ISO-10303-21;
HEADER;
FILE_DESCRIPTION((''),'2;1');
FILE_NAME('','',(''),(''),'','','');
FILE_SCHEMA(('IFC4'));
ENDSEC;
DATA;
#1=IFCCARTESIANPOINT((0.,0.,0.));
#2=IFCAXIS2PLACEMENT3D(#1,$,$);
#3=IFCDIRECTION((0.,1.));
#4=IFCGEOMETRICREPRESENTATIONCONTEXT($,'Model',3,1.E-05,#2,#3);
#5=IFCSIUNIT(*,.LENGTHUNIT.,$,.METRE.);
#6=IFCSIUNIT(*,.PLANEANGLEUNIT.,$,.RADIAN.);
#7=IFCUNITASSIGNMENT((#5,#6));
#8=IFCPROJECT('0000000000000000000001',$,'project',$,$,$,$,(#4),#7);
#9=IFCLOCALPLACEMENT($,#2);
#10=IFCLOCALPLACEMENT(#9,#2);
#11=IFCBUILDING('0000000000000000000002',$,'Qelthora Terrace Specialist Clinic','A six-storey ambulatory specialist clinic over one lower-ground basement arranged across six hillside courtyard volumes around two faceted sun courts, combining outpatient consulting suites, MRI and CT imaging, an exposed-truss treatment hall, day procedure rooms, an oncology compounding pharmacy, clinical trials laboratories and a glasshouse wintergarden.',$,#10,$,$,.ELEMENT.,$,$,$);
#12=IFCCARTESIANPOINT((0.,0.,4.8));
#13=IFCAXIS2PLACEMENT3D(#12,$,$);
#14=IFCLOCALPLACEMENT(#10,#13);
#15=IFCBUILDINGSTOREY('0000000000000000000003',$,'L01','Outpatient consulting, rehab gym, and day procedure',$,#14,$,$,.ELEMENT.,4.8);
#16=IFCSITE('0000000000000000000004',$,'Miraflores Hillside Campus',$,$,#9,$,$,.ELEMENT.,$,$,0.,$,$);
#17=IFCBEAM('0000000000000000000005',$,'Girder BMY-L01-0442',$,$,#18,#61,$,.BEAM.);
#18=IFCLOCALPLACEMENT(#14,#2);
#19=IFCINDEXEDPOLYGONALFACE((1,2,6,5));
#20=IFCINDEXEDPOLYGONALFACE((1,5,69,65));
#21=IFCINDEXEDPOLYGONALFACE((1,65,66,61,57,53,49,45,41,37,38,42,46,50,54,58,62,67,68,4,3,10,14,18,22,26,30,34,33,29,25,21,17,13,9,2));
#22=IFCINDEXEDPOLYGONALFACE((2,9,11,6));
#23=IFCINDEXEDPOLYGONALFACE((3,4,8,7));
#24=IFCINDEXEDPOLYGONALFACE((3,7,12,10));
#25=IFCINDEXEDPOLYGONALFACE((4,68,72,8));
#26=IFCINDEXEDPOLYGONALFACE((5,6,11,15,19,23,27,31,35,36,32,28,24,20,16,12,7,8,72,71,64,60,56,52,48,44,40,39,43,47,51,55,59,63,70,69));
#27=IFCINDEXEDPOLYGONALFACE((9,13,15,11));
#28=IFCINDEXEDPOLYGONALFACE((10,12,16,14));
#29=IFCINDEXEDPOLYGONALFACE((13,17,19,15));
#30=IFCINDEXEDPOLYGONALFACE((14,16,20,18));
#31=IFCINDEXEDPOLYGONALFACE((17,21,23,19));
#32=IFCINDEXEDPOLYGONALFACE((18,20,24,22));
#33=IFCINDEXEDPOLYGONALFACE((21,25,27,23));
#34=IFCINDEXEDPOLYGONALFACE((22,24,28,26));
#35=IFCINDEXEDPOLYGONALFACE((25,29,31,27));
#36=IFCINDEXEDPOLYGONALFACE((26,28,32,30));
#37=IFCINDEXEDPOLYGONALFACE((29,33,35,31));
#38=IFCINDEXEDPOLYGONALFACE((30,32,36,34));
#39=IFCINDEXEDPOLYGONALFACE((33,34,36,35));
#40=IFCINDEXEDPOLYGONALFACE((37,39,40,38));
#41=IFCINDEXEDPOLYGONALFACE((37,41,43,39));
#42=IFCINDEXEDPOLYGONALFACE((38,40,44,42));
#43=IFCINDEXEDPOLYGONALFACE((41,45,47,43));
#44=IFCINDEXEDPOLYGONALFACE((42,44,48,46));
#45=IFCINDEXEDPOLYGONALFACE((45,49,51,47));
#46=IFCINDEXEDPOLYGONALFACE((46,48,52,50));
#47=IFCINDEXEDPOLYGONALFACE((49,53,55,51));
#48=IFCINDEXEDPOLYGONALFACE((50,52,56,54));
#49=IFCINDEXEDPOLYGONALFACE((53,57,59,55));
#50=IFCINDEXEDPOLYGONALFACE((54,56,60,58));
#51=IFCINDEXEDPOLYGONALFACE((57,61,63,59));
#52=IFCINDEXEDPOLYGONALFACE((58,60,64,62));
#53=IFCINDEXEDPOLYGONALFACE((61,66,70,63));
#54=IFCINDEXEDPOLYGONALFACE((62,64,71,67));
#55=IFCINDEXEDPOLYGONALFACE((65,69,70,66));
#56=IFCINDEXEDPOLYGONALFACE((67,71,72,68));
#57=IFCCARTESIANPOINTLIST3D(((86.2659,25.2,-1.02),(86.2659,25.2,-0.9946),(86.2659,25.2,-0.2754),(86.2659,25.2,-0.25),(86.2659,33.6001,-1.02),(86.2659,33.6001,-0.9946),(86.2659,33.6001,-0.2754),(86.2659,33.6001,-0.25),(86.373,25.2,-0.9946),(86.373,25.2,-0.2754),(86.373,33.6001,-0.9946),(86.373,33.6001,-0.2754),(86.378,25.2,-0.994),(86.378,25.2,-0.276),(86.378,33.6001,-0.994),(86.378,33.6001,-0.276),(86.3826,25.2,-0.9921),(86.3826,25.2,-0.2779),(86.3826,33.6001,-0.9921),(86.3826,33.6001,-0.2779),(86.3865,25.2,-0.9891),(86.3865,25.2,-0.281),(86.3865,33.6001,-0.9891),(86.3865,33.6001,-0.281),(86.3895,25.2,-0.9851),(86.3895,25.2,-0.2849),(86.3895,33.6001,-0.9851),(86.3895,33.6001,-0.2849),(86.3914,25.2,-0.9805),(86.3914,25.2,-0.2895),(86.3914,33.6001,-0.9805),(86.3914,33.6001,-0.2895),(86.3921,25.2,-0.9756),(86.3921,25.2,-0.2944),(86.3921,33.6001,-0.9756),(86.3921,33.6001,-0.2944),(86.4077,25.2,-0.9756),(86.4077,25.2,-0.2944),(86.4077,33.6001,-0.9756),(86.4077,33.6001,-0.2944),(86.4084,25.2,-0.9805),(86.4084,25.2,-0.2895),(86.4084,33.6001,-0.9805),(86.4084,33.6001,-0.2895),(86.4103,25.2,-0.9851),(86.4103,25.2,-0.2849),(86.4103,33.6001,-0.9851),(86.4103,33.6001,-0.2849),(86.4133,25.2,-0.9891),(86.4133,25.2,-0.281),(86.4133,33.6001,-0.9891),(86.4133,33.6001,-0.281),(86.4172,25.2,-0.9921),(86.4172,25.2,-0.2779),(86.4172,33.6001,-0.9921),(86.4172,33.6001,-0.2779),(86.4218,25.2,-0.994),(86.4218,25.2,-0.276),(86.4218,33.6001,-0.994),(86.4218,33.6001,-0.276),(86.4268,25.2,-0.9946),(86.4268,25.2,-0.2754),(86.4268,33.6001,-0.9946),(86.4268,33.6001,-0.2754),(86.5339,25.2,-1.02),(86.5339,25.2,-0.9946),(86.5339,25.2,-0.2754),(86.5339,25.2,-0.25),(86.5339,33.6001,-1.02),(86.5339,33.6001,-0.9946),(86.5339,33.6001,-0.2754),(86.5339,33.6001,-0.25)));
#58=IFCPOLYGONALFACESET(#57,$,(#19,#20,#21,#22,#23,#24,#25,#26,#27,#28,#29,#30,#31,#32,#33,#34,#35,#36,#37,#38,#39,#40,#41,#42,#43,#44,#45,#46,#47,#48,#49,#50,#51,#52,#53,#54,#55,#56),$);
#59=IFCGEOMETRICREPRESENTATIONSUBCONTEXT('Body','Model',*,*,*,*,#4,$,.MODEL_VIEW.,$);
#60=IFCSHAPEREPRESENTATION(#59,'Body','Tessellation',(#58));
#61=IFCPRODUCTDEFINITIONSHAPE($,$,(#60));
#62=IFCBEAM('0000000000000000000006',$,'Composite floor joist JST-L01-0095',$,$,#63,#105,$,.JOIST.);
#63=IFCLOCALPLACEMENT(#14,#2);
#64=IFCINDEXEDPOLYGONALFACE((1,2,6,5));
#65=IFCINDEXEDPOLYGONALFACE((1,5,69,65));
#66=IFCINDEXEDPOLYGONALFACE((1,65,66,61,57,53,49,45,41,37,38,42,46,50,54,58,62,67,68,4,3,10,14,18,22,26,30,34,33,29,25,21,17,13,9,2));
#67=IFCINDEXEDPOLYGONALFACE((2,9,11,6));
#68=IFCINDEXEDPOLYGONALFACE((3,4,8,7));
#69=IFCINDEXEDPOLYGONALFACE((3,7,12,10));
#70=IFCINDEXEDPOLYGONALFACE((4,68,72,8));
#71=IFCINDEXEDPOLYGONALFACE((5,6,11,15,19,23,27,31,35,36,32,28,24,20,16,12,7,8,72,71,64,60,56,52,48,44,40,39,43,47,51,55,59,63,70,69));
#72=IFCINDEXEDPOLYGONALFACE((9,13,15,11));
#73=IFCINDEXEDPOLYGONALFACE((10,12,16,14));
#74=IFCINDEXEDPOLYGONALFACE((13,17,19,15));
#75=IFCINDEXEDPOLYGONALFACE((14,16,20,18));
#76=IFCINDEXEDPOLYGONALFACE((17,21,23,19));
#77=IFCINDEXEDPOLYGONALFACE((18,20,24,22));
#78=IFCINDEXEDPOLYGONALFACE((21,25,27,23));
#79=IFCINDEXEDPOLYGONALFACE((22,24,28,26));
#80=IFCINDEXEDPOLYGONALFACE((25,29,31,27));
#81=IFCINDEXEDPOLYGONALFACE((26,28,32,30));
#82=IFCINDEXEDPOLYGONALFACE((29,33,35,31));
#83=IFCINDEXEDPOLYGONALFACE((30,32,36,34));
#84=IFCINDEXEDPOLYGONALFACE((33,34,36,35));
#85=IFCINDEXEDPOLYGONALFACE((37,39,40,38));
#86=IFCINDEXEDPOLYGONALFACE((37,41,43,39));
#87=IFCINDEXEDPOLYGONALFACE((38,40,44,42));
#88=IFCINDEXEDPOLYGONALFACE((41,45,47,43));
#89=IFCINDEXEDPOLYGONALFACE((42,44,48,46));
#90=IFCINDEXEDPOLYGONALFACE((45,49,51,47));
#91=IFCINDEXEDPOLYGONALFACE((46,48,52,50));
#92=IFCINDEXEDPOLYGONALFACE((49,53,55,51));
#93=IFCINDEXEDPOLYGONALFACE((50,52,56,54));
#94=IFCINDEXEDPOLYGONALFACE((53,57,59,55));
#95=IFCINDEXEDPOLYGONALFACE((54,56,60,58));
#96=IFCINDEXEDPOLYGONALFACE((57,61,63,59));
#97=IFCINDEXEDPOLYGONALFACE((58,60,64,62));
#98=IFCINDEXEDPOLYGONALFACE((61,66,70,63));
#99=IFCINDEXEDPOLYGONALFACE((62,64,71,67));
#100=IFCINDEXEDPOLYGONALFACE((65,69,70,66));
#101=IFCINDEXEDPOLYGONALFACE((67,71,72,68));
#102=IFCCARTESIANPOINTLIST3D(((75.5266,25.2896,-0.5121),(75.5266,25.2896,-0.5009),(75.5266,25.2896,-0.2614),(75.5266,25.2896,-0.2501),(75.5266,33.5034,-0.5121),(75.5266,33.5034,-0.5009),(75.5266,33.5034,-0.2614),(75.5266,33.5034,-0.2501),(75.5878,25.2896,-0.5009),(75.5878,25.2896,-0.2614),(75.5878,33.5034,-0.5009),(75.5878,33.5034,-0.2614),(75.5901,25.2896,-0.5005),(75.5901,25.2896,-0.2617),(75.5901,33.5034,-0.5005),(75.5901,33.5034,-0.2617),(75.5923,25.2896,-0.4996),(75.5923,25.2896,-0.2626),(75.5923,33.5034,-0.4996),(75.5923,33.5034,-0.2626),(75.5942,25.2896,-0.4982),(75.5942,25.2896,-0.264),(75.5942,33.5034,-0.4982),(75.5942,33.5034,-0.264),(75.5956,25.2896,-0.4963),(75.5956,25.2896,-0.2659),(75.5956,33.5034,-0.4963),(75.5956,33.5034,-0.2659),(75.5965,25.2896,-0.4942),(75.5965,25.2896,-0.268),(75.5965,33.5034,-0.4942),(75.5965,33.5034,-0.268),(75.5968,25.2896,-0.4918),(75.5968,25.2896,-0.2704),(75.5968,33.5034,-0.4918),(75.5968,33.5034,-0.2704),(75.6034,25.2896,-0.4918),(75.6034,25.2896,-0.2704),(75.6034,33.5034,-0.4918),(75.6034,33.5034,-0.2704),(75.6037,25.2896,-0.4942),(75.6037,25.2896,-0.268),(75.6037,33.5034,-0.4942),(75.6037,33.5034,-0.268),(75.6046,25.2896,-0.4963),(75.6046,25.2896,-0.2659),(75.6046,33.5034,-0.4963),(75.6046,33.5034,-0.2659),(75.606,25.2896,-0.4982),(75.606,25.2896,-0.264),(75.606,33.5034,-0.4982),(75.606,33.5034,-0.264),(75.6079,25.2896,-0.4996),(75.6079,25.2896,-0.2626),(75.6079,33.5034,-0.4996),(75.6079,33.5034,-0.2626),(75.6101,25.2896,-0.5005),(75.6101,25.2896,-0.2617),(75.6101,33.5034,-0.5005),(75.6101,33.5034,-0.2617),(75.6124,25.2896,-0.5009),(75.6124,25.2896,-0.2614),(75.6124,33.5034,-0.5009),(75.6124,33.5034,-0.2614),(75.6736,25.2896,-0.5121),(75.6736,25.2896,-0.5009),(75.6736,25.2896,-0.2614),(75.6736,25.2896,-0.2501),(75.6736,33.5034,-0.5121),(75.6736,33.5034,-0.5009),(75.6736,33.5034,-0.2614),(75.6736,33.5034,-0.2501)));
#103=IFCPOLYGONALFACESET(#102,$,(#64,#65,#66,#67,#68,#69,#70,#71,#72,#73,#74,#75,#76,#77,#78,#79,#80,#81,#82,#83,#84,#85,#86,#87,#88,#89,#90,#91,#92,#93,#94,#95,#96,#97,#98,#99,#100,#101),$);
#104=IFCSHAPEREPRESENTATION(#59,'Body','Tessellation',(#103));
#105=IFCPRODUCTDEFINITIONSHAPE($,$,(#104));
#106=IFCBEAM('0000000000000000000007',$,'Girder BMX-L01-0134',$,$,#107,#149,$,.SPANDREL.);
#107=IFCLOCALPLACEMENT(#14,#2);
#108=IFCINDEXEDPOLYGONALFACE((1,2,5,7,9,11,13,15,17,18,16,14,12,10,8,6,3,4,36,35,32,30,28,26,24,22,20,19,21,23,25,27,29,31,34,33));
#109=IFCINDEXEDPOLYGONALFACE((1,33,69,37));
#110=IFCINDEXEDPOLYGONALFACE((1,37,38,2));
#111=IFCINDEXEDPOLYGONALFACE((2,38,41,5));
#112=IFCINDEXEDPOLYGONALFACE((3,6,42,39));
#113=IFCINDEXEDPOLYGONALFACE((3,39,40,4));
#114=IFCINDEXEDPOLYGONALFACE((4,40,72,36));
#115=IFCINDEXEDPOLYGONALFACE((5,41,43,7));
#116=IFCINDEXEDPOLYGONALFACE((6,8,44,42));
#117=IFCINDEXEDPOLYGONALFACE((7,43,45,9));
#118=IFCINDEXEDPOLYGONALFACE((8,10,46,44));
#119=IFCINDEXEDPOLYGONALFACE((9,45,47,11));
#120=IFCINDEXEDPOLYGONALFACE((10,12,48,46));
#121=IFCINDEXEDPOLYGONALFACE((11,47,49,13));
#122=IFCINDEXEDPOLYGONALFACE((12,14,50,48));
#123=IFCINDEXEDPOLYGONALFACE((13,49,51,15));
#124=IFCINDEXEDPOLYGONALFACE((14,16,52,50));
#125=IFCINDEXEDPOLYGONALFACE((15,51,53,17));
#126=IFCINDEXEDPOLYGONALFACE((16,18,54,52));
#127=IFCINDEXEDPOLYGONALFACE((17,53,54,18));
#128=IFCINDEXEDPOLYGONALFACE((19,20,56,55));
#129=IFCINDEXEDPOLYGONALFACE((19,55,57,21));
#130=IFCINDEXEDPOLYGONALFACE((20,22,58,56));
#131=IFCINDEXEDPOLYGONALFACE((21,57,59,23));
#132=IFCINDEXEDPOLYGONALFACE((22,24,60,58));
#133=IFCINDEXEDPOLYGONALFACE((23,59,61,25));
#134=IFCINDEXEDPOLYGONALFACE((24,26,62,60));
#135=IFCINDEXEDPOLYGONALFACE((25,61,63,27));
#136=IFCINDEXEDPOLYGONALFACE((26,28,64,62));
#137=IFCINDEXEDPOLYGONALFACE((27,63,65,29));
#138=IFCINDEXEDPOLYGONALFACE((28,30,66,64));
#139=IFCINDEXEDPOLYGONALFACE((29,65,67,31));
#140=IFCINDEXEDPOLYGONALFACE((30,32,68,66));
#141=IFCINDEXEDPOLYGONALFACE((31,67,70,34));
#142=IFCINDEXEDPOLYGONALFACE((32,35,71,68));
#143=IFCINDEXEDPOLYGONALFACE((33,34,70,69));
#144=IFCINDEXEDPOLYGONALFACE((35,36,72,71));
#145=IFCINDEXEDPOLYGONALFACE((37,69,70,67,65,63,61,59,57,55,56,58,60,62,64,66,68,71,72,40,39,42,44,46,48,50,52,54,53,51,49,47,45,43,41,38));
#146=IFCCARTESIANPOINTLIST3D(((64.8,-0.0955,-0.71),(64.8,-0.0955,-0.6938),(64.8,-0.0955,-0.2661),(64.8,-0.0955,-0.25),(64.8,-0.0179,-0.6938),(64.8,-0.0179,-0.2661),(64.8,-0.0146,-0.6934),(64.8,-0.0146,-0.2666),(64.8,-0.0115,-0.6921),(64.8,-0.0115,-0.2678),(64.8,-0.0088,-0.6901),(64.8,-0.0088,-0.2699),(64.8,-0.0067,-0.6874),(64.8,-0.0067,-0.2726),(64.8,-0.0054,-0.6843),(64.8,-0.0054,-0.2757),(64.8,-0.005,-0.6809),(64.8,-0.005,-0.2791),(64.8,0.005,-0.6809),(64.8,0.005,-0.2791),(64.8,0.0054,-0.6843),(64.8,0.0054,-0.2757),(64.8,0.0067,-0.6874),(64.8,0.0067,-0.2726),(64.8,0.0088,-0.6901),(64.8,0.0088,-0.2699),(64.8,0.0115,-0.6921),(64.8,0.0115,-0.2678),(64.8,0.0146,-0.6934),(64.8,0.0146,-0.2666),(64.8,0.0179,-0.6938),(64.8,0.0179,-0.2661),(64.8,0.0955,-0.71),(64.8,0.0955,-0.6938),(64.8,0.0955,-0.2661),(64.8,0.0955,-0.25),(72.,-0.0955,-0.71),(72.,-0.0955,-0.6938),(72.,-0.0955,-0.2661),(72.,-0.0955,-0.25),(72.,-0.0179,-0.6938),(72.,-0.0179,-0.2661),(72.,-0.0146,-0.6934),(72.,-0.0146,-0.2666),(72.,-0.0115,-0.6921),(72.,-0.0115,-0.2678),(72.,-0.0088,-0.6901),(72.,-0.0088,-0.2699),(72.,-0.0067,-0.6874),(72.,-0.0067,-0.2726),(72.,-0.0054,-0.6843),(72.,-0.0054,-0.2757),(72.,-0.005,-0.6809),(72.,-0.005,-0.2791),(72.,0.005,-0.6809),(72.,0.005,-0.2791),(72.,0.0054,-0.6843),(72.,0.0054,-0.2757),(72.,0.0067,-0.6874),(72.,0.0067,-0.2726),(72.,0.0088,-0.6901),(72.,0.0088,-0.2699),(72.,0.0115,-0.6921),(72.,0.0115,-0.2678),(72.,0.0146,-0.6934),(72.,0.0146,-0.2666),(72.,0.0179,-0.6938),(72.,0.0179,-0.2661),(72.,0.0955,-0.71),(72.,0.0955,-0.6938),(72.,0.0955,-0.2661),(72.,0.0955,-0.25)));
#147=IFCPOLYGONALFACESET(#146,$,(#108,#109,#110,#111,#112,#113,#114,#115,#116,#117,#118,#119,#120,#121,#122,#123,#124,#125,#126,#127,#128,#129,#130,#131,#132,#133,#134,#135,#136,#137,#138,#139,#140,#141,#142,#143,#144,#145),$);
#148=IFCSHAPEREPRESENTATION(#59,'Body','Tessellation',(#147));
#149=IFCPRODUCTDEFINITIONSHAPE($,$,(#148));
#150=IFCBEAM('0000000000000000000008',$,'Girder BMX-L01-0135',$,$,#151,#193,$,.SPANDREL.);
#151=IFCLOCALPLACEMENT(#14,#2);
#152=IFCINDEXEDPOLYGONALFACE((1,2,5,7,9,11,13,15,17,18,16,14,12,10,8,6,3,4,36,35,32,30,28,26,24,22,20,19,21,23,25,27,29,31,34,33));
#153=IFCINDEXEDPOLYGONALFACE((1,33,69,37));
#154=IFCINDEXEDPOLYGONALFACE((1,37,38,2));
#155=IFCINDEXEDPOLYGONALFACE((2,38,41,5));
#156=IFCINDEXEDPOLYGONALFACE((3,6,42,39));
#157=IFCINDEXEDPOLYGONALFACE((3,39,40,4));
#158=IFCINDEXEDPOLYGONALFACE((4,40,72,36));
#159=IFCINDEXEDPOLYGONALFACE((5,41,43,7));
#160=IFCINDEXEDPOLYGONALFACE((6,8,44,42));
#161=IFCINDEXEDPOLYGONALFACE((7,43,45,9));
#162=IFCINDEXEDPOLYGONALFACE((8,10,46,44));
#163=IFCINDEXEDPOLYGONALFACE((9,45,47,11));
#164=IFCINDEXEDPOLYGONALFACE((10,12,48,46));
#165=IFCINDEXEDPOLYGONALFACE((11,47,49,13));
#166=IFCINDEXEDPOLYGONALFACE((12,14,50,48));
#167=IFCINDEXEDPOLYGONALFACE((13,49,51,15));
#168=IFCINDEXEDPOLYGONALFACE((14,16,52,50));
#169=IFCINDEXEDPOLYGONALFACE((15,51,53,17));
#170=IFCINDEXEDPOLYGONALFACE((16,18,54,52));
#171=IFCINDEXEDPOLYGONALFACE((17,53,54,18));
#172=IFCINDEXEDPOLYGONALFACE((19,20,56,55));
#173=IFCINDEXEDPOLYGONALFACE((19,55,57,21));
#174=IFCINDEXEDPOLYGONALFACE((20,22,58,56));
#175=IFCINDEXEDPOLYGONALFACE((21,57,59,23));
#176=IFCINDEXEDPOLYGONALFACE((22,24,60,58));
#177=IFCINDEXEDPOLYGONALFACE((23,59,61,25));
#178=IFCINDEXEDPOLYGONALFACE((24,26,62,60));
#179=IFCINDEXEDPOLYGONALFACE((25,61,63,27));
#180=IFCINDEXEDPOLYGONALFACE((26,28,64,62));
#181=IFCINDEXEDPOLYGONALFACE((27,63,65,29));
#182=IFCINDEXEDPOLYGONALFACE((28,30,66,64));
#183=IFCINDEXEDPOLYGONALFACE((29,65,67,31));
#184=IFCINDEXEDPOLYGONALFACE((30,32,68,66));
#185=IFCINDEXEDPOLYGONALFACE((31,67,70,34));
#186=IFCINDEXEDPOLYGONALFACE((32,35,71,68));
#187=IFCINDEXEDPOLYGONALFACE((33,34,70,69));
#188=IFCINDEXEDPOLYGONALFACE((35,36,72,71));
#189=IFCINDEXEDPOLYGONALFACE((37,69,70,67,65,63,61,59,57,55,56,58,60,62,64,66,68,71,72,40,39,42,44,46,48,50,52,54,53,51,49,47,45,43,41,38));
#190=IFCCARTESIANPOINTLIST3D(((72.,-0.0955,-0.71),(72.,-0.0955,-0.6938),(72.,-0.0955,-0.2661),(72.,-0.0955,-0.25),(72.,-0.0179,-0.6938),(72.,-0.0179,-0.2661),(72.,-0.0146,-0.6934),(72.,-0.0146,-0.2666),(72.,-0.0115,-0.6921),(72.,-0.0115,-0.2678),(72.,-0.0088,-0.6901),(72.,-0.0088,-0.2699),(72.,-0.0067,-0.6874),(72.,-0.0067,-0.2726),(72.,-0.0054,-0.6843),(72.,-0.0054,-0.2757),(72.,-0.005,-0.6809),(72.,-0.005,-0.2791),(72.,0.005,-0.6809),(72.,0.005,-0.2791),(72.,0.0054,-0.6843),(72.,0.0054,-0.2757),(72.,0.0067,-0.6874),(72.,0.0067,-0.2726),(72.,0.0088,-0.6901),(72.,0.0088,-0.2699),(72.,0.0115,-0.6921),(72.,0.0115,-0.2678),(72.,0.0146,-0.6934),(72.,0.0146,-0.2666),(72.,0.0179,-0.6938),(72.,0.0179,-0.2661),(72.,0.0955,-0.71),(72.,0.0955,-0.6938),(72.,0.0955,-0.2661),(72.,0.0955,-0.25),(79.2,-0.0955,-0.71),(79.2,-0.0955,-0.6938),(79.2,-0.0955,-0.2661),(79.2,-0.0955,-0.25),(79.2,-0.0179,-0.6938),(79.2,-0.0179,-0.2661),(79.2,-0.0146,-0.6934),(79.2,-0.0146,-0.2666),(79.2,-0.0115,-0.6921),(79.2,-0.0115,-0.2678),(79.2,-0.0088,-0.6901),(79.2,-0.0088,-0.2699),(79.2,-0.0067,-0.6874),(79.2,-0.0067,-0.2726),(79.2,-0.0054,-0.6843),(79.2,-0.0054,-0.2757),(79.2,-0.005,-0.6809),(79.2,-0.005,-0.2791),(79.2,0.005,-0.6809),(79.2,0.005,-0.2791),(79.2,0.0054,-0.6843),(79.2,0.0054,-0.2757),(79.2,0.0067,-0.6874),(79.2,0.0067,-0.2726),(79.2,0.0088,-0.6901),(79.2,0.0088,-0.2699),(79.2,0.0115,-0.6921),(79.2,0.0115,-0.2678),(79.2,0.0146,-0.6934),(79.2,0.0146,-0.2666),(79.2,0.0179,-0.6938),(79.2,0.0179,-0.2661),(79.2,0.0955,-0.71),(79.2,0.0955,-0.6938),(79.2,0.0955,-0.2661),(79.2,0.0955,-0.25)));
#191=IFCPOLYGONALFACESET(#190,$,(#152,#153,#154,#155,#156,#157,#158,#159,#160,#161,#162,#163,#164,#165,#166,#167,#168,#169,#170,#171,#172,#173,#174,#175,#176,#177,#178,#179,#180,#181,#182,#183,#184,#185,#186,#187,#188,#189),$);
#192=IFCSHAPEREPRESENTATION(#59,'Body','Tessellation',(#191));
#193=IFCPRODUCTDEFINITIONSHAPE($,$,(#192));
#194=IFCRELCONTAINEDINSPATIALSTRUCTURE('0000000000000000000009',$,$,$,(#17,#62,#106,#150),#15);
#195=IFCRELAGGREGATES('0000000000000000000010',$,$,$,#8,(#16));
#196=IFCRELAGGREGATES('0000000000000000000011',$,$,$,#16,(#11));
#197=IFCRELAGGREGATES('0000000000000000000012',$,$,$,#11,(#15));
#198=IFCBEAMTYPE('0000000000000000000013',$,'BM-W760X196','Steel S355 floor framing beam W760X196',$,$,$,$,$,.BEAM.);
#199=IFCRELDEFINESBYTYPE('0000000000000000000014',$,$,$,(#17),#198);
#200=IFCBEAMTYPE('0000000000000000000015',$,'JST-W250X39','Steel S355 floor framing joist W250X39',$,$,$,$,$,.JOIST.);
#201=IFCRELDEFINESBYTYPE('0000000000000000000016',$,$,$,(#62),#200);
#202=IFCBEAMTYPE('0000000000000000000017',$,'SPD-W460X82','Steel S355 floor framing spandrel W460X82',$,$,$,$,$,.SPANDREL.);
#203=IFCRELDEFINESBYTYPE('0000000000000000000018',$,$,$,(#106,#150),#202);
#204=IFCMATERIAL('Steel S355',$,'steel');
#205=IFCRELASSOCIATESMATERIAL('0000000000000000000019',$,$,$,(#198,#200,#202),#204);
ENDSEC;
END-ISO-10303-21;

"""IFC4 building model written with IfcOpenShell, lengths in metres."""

from ifc_helpers import new_model, si_unit, direction, frame, origin, origin_2d, place, context, subcontext, project, spatial, i_section, extrude, material, material_profile, profile_set, type_object, element, save


model = new_model("IFC4")

# Units and contexts
model_context = context("Model", 3, precision=1e-05, world=origin(), true_north=direction((0.0, 1.0)))
body_context = subcontext(model_context, "Body", "Model", "MODEL_VIEW")
ifc_project = project(units=[si_unit("LENGTHUNIT", "METRE"), si_unit("PLANEANGLEUNIT", "RADIAN")], contexts=[model_context])

# Site, building, storey
site_placement = place(None, origin())
site = spatial("IfcSite", under=ifc_project, at=site_placement, Name="Miraflores Hillside Campus", CompositionType="ELEMENT", RefElevation=0.0)
building_placement = place(site_placement, origin())
building = spatial("IfcBuilding", under=site, at=building_placement, Name="Qelthora Terrace Specialist Clinic", Description="A six-storey ambulatory specialist clinic over one lower-ground basement arranged across six hillside courtyard volumes around two faceted sun courts, combining outpatient consulting suites, MRI and CT imaging, an exposed-truss treatment hall, day procedure rooms, an oncology compounding pharmacy, clinical trials laboratories and a glasshouse wintergarden.", CompositionType="ELEMENT")
storey_placement = place(building_placement, frame((0.0, 0.0, 4.8)))
storey = spatial("IfcBuildingStorey", under=building, at=storey_placement, Name="L01", Description="Outpatient consulting, rehab gym, and day procedure", CompositionType="ELEMENT", Elevation=4.8)

# Shared definitions
ifc_material_1 = material(Name="Steel S355", Category="steel")

# Beams
ifc_material_profile_1 = material_profile(ifc_material_1, i_section(OverallWidth=0.2681, OverallDepth=0.77, WebThickness=0.0156, FlangeThickness=0.0254, FilletRadius=0.019, at=origin_2d()), Name="W760X196")
ifc_profile_set_1 = profile_set([ifc_material_profile_1], Name="Steel S355")
beam_type_1 = type_object("IfcBeamType", Name="BM-W760X196", Description="Steel S355 floor framing beam W760X196", PredefinedType="BEAM", material=ifc_profile_set_1)
beam_1_placement = place(storey_placement, frame((86.3999, 25.2, -0.635), z_axis=(0.0, 1.0, 0.0), x_axis=(-1.0, 0.0, 0.0)))
element("IfcBeam", 1, at=beam_1_placement, inside=storey, type_object=beam_type_1, Name="Girder BMY-L01-0442", PredefinedType="BEAM", context=body_context, shape_type="SweptSolid", body=[
    extrude(i_section(OverallWidth=0.2681, OverallDepth=0.77, WebThickness=0.0156, FlangeThickness=0.0254, FilletRadius=0.019, at=origin_2d()), origin(), (0.0, 0.0, 1.0), 8.4001),
])
ifc_material_profile_2 = material_profile(ifc_material_1, i_section(OverallWidth=0.147, OverallDepth=0.262, WebThickness=0.0066, FlangeThickness=0.0112, FilletRadius=0.009, at=origin_2d()), Name="W250X39")
ifc_profile_set_2 = profile_set([ifc_material_profile_2], Name="Steel S355")
beam_type_2 = type_object("IfcBeamType", Name="JST-W250X39", Description="Steel S355 floor framing joist W250X39", PredefinedType="JOIST", material=ifc_profile_set_2)
beam_2_placement = place(storey_placement, frame((75.6001, 25.2896, -0.3811), z_axis=(0.0, 1.0, 0.0), x_axis=(-1.0, 0.0, 0.0)))
element("IfcBeam", 2, at=beam_2_placement, inside=storey, type_object=beam_type_2, Name="Composite floor joist JST-L01-0095", PredefinedType="JOIST", context=body_context, shape_type="SweptSolid", body=[
    extrude(i_section(OverallWidth=0.147, OverallDepth=0.262, WebThickness=0.0066, FlangeThickness=0.0112, FilletRadius=0.009, at=origin_2d()), origin(), (0.0, 0.0, 1.0), 8.2139),
])
ifc_material_profile_3 = material_profile(ifc_material_1, i_section(OverallWidth=0.1909, OverallDepth=0.46, WebThickness=0.01, FlangeThickness=0.0161, FilletRadius=0.0129, at=origin_2d()), Name="W460X82")
ifc_profile_set_3 = profile_set([ifc_material_profile_3], Name="Steel S355")
beam_type_3 = type_object("IfcBeamType", Name="SPD-W460X82", Description="Steel S355 floor framing spandrel W460X82", PredefinedType="SPANDREL", material=ifc_profile_set_3)
for number, where, z_axis, x_axis, name in (
    (3, (64.8, 0.0, -0.48), (1.0, 0.0, 0.0), (0.0, 1.0, 0.0), "Girder BMX-L01-0134"),
    (4, (72.0, 0.0, -0.48), (1.0, 0.0, 0.0), (0.0, 1.0, 0.0), "Girder BMX-L01-0135"),
):
    element("IfcBeam", number, at=place(storey_placement, frame(where, z_axis=z_axis, x_axis=x_axis)), inside=storey, type_object=beam_type_3, Name=name, PredefinedType="SPANDREL", context=body_context, shape_type="SweptSolid", body=[
        extrude(i_section(OverallWidth=0.1909, OverallDepth=0.46, WebThickness=0.01, FlangeThickness=0.0161, FilletRadius=0.0129, at=origin_2d()), origin(), (0.0, 0.0, 1.0), 7.2),
    ])

save(model, "model.ifc")
